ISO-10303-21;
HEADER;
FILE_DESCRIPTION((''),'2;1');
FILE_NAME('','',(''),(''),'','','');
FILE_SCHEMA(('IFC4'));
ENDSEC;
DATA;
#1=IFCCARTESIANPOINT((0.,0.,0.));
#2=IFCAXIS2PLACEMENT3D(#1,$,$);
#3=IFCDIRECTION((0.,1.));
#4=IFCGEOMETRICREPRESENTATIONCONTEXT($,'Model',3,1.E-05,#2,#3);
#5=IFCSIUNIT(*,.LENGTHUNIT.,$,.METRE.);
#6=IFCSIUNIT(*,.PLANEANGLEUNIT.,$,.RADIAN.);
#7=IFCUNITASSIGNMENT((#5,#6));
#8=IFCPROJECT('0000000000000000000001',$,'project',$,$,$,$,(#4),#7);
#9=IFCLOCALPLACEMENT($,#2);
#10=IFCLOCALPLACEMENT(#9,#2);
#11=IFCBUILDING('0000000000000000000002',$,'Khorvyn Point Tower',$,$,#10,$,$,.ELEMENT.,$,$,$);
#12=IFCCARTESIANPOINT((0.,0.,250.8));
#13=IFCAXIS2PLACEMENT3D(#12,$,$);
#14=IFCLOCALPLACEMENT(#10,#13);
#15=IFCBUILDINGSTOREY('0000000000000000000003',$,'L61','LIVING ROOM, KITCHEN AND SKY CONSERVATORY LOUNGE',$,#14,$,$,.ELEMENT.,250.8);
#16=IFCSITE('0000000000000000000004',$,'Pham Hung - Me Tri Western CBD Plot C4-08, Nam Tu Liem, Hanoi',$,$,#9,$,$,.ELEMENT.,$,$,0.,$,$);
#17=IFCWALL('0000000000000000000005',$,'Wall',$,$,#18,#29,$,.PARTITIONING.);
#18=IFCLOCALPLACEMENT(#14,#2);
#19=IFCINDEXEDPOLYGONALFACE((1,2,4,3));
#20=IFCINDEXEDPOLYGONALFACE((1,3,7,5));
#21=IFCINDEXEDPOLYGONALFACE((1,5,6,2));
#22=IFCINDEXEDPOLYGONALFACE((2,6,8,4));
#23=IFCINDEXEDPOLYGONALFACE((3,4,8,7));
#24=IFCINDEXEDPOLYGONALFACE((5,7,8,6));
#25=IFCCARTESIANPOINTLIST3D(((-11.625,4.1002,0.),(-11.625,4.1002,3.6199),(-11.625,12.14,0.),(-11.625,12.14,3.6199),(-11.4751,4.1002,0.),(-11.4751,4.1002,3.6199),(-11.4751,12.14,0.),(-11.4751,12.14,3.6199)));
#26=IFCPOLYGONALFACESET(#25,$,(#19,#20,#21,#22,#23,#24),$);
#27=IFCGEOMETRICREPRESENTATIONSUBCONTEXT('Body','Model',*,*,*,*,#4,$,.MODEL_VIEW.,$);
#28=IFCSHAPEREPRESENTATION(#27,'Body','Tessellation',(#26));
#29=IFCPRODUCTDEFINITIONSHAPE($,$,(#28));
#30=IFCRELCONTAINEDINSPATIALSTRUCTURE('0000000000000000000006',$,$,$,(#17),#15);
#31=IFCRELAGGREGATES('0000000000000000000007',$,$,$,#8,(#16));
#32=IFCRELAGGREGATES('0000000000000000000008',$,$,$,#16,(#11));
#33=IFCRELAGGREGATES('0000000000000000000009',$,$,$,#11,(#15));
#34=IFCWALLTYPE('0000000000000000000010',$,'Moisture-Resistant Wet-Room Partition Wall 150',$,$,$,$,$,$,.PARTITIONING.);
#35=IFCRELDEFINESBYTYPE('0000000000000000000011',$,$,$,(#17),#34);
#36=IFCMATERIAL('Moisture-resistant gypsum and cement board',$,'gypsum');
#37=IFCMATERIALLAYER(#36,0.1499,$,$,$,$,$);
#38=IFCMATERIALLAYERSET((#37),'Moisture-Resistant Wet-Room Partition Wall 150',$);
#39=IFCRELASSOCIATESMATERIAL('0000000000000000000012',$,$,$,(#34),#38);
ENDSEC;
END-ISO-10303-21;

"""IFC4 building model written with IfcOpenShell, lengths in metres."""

from ifc_helpers import new_model, si_unit, direction, frame, frame_2d, origin, place, context, subcontext, project, spatial, rectangle, extrude, material, layer, layer_set, type_object, element, save


model = new_model("IFC4")

# Units and contexts
model_context = context("Model", 3, precision=1e-05, world=origin(), true_north=direction((0.0, 1.0)))
body_context = subcontext(model_context, "Body", "Model", "MODEL_VIEW")
ifc_project = project(units=[si_unit("LENGTHUNIT", "METRE"), si_unit("PLANEANGLEUNIT", "RADIAN")], contexts=[model_context])

# Site, building, storey
site_placement = place(None, origin())
site = spatial("IfcSite", under=ifc_project, at=site_placement, Name="Pham Hung - Me Tri Western CBD Plot C4-08, Nam Tu Liem, Hanoi", CompositionType="ELEMENT", RefElevation=0.0)
building_placement = place(site_placement, origin())
building = spatial("IfcBuilding", under=site, at=building_placement, Name="Khorvyn Point Tower", CompositionType="ELEMENT")
storey_placement = place(building_placement, frame((0.0, 0.0, 250.8)))
storey = spatial("IfcBuildingStorey", under=building, at=storey_placement, Name="L61", Description="LIVING ROOM, KITCHEN AND SKY CONSERVATORY LOUNGE", CompositionType="ELEMENT", Elevation=250.8)

# Wall
ifc_material_1 = material(Name="Moisture-resistant gypsum and cement board", Category="gypsum")
ifc_layer_1 = layer(ifc_material_1, 0.1499)
ifc_layer_set_1 = layer_set([ifc_layer_1], Name="Moisture-Resistant Wet-Room Partition Wall 150")
wall_type_1 = type_object("IfcWallType", Name="Moisture-Resistant Wet-Room Partition Wall 150", PredefinedType="PARTITIONING", material=ifc_layer_set_1)
wall_1_placement = place(storey_placement, frame((-11.55, 4.1001, 0.0), z_axis=(0.0, 0.0, 1.0), x_axis=(0.0, 1.0, 0.0)))
element("IfcWall", 1, at=wall_1_placement, inside=storey, type_object=wall_type_1, Name="Wall", PredefinedType="PARTITIONING", context=body_context, shape_type="SweptSolid", body=[
    extrude(rectangle(XDim=8.0398, YDim=0.1499, at=frame_2d((4.02, 0.0))), origin(), (0.0, 0.0, 1.0), 3.6199),
])

save(model, "model.ifc")
